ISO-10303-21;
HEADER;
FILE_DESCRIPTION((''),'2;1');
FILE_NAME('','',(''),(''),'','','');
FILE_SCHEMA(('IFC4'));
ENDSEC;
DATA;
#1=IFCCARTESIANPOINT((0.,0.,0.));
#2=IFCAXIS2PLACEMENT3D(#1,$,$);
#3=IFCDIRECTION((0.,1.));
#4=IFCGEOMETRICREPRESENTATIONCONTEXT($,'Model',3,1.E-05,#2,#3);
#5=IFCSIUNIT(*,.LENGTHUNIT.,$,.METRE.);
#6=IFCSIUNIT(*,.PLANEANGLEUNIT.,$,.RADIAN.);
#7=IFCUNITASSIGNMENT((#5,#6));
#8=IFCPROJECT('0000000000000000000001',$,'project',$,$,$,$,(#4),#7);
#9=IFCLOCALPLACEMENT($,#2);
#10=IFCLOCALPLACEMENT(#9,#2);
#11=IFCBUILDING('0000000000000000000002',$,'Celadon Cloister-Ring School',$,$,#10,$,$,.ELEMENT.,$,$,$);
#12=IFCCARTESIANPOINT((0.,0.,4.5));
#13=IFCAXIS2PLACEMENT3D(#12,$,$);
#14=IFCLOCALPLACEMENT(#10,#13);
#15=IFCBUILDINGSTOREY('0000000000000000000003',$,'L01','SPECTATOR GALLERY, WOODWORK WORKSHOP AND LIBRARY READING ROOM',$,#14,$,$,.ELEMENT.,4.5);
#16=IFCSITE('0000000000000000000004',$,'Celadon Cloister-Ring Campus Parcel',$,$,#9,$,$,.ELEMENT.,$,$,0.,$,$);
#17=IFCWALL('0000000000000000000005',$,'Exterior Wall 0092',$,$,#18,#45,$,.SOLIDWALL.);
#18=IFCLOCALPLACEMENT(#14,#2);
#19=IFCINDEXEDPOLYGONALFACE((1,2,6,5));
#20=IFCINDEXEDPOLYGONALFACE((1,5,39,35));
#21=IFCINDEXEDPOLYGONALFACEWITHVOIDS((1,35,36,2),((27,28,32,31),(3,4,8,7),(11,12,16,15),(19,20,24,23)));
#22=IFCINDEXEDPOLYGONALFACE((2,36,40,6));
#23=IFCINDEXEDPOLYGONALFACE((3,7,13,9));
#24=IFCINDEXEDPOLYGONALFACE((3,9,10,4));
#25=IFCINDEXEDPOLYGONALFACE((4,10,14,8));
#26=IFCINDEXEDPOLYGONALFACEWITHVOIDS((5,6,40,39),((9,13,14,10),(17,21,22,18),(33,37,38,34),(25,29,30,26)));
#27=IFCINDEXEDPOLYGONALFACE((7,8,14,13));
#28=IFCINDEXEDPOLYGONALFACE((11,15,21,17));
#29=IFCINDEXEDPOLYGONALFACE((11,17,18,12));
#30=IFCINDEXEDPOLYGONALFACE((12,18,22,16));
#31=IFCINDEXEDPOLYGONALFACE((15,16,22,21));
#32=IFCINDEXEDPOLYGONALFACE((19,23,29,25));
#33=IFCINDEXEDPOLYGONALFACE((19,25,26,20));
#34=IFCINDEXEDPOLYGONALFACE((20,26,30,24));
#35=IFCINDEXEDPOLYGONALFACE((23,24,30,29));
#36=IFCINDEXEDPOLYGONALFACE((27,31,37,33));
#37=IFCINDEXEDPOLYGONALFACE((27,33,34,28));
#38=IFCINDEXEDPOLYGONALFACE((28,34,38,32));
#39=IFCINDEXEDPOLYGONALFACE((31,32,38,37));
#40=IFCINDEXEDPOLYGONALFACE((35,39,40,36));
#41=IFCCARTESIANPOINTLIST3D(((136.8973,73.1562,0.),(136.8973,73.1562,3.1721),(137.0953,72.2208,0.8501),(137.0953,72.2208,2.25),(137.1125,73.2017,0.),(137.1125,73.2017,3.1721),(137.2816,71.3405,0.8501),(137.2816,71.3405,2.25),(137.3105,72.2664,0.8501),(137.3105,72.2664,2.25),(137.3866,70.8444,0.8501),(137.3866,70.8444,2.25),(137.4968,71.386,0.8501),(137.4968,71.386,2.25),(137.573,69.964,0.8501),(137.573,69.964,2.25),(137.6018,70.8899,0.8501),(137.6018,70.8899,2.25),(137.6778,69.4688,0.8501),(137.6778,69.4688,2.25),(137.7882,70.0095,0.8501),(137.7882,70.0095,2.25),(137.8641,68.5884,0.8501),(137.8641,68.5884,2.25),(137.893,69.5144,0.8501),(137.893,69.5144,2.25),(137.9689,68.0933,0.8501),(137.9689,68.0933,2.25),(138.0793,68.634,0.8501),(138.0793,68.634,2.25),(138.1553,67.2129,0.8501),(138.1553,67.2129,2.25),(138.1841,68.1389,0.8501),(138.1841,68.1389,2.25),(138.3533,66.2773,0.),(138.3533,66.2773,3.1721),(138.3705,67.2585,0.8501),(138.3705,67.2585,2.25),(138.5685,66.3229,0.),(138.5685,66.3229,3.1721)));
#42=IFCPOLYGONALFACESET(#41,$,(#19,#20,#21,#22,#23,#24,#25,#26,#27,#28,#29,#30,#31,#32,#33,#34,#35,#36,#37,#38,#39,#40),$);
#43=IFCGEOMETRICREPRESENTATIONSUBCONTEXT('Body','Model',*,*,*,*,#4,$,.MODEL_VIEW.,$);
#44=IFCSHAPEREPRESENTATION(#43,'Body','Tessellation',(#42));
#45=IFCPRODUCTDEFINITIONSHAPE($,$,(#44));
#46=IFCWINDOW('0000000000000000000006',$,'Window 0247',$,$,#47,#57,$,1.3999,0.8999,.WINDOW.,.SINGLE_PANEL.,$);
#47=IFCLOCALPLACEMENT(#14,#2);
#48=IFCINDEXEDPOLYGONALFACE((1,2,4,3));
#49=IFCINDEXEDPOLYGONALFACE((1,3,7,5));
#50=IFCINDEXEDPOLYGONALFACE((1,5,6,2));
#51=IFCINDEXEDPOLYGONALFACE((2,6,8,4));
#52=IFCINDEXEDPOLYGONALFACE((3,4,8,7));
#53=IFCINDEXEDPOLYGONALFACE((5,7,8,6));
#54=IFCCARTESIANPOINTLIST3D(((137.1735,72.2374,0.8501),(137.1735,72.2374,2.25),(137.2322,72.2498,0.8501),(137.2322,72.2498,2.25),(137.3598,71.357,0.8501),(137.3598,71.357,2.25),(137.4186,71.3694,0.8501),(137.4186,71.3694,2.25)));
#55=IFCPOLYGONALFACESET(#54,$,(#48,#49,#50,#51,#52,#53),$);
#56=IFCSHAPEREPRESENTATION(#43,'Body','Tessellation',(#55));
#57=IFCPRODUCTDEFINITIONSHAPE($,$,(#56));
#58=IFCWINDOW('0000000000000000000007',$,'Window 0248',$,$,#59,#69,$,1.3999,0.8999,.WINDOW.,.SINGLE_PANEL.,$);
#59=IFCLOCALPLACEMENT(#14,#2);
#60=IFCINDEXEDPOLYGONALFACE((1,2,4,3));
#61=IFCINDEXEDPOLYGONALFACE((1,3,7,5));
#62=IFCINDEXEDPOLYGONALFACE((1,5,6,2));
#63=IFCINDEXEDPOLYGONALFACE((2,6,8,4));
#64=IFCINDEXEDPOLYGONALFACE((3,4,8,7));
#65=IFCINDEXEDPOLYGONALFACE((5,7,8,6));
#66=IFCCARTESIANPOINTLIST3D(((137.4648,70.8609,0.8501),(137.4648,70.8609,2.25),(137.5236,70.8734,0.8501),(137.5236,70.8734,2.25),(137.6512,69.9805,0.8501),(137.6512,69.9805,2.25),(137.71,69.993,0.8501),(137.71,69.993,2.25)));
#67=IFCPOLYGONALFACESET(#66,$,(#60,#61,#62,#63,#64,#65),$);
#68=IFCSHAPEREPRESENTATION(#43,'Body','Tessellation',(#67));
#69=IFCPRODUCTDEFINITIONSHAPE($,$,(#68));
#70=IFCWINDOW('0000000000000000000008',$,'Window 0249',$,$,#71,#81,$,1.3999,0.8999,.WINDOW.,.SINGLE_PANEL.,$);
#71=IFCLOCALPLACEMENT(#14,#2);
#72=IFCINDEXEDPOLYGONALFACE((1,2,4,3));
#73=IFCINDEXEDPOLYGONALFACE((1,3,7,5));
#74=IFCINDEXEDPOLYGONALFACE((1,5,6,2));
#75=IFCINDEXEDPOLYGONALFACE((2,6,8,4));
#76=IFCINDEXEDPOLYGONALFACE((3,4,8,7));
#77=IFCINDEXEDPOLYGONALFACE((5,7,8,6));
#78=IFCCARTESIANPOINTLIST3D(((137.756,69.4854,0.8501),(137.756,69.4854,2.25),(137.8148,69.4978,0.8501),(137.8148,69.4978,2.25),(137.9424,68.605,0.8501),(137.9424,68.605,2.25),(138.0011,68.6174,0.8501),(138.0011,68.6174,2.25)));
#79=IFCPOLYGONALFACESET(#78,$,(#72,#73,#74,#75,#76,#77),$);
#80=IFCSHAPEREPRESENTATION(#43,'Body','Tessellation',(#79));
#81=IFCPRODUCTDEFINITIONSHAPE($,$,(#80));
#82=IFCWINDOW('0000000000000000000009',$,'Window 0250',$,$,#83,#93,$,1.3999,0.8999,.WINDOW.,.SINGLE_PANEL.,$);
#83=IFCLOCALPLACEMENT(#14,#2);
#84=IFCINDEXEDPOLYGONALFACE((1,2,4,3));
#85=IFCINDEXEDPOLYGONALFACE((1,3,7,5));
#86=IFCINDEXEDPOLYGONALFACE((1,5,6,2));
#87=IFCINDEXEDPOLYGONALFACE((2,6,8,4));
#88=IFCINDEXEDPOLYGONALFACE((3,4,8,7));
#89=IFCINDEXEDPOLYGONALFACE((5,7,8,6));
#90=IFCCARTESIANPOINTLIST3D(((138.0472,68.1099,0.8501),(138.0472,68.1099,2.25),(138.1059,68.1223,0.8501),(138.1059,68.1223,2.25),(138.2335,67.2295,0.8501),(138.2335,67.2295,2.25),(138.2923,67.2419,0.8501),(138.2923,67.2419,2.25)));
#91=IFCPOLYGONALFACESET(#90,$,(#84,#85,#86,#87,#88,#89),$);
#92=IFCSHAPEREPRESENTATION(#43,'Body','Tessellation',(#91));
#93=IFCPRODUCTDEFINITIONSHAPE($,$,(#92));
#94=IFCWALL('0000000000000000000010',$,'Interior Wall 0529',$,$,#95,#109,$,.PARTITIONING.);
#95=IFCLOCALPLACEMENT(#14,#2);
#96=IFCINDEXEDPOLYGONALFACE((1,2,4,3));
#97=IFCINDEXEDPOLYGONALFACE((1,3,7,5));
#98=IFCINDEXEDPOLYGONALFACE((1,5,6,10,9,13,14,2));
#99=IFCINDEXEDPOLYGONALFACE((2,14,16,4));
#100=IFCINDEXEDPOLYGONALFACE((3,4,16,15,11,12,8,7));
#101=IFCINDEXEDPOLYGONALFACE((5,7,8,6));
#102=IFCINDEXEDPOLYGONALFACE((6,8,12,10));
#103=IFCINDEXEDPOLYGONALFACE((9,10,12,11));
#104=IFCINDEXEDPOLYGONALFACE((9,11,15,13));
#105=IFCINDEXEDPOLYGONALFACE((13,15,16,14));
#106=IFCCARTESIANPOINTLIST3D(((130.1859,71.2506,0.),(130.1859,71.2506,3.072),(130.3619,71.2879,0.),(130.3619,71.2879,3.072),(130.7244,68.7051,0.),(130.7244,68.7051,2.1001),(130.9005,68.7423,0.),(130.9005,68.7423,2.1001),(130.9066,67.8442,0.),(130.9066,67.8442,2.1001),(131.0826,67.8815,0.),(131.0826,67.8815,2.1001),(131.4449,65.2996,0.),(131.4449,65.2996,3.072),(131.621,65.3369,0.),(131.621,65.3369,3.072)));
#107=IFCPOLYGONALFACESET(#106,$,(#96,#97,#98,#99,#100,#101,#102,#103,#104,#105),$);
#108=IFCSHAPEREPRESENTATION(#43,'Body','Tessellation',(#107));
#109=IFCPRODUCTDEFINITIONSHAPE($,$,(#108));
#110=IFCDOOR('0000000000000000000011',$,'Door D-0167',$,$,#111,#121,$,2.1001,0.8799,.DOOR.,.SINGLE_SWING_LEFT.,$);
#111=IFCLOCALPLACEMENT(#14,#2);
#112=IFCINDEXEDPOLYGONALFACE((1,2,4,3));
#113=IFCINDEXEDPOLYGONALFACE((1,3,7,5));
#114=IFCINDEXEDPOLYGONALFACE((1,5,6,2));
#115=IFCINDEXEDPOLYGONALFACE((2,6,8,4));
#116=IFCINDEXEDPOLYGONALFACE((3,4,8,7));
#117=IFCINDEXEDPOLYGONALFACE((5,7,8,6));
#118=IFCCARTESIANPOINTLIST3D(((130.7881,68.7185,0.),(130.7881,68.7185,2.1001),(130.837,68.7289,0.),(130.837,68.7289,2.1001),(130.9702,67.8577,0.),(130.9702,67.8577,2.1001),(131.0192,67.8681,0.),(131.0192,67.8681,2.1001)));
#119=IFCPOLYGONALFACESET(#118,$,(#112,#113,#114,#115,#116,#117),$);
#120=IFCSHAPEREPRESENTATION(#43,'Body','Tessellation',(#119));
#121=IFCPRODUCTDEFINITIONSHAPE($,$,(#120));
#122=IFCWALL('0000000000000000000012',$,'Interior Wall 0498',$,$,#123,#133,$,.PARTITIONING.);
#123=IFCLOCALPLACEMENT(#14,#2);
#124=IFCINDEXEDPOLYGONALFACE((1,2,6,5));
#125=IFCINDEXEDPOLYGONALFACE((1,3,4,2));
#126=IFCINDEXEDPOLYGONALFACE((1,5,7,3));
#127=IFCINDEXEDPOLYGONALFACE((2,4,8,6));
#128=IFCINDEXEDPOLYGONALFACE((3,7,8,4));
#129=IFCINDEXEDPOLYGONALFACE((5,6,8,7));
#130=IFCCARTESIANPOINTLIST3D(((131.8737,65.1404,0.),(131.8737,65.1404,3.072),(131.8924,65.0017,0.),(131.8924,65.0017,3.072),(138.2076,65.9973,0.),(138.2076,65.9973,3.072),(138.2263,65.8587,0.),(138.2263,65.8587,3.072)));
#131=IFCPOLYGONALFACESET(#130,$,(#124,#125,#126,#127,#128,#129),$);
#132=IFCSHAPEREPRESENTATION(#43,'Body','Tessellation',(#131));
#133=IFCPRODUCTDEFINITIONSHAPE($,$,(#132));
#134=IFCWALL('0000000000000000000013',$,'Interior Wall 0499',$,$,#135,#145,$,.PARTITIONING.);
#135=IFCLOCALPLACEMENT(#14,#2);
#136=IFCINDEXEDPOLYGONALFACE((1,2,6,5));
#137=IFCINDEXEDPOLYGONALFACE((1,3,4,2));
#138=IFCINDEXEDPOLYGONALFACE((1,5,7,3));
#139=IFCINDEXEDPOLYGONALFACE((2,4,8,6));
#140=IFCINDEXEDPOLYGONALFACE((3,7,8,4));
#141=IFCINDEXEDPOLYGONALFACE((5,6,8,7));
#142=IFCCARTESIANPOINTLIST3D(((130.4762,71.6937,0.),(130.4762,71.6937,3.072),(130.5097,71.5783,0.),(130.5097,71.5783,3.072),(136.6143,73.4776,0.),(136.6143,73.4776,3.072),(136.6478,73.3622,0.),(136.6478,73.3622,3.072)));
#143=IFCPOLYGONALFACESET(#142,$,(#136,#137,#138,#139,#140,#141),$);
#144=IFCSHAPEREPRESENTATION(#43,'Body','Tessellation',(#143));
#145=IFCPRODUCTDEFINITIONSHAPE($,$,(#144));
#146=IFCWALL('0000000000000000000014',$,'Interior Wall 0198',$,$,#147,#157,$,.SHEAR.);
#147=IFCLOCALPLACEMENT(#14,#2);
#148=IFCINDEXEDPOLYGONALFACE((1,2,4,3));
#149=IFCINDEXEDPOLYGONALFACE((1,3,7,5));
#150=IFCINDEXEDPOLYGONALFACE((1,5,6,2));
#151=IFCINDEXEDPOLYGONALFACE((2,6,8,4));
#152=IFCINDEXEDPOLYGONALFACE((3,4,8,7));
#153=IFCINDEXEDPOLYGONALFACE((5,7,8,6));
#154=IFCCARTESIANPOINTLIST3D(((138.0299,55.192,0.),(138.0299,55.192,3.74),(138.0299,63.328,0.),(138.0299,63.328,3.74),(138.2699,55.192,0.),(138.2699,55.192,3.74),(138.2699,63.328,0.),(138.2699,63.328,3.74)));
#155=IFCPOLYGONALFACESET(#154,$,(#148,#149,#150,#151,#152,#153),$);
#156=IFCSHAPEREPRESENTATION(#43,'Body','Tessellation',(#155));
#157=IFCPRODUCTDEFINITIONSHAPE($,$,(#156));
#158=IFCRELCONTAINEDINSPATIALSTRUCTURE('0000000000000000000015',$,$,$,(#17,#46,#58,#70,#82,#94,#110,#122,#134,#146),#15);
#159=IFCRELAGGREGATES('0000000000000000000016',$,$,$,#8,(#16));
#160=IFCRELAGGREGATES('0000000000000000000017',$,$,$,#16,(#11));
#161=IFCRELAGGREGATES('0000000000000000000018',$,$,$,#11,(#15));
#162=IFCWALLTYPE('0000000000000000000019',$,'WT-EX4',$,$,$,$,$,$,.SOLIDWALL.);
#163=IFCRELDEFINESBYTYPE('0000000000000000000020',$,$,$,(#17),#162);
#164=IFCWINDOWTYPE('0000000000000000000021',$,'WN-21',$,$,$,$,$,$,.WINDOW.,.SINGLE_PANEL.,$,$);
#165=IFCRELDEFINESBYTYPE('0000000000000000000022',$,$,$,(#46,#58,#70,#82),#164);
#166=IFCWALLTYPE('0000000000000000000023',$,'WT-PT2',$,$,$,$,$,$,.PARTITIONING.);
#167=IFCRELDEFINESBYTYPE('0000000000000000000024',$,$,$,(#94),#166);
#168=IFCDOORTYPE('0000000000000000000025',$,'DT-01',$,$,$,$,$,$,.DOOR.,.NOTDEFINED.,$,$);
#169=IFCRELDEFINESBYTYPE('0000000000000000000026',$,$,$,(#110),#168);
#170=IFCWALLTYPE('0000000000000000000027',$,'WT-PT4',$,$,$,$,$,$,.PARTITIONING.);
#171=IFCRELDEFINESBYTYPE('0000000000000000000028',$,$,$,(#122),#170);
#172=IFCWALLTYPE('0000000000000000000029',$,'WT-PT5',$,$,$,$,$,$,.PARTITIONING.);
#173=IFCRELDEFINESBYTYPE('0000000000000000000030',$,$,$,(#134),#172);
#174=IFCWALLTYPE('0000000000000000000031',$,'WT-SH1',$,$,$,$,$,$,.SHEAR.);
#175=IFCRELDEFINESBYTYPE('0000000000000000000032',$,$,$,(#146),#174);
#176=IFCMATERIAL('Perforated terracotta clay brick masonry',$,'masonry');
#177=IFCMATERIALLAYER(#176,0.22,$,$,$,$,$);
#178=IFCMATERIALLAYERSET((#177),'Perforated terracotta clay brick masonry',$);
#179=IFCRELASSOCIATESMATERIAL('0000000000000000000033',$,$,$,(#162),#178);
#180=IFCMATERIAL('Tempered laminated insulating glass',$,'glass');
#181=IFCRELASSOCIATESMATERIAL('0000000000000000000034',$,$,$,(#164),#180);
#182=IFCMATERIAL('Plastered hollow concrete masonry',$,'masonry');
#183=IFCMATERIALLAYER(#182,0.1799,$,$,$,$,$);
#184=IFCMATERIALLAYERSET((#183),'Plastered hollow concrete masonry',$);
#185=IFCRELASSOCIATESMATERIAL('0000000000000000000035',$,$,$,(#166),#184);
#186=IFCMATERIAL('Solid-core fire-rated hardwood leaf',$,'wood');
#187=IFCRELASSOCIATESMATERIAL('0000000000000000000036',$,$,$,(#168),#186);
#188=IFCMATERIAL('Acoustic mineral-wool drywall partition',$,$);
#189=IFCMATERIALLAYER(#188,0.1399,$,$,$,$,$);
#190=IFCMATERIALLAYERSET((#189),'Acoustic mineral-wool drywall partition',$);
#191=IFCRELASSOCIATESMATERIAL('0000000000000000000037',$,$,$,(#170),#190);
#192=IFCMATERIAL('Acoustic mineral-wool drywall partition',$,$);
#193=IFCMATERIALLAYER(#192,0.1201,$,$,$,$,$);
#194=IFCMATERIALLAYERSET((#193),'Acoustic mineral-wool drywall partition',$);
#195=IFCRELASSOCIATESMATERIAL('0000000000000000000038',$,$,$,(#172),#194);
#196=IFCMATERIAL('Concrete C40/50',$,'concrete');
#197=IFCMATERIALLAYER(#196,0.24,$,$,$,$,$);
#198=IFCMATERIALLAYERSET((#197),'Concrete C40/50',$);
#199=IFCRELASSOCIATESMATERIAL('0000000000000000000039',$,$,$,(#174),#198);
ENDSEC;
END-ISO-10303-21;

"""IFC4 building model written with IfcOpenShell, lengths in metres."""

from ifc_helpers import new_model, si_unit, direction, frame, frame_2d, origin, place, context, subcontext, project, spatial, rectangle, extrude, material, layer, layer_set, type_object, element, fill, save


model = new_model("IFC4")

# Units and contexts
model_context = context("Model", 3, precision=1e-05, world=origin(), true_north=direction((0.0, 1.0)))
body_context = subcontext(model_context, "Body", "Model", "MODEL_VIEW")
ifc_project = project(units=[si_unit("LENGTHUNIT", "METRE"), si_unit("PLANEANGLEUNIT", "RADIAN")], contexts=[model_context])

# Site, building, storey
site_placement = place(None, origin())
site = spatial("IfcSite", under=ifc_project, at=site_placement, Name="Celadon Cloister-Ring Campus Parcel", CompositionType="ELEMENT", RefElevation=0.0)
building_placement = place(site_placement, origin())
building = spatial("IfcBuilding", under=site, at=building_placement, Name="Celadon Cloister-Ring School", CompositionType="ELEMENT")
storey_placement = place(building_placement, frame((0.0, 0.0, 4.5)))
storey = spatial("IfcBuildingStorey", under=building, at=storey_placement, Name="L01", Description="SPECTATOR GALLERY, WOODWORK WORKSHOP AND LIBRARY READING ROOM", CompositionType="ELEMENT", Elevation=4.5)

# Wall, openings, windows
ifc_material_1 = material(Name="Perforated terracotta clay brick masonry", Category="masonry")
ifc_layer_1 = layer(ifc_material_1, 0.22)
ifc_layer_set_1 = layer_set([ifc_layer_1], Name="Perforated terracotta clay brick masonry")
wall_type_1 = type_object("IfcWallType", Name="WT-EX4", PredefinedType="SOLIDWALL", material=ifc_layer_set_1)
wall_1_placement = place(storey_placement, frame((137.0049, 73.179, 0.0), z_axis=(0.0, 0.0, 1.0), x_axis=(0.207081, -0.978324, 0.0)))
wall_1 = element("IfcWall", 1, at=wall_1_placement, inside=storey, type_object=wall_type_1, Name="Exterior Wall 0092", PredefinedType="SOLIDWALL", context=body_context, shape_type="SweptSolid", body=[
    extrude(rectangle(XDim=7.0312, YDim=0.22, at=frame_2d((3.5156, 0.0))), origin(), (0.0, 0.0, 1.0), 3.1721),
])
opening_1_placement = place(wall_1_placement, frame((0.9561, 0.0, 0.8501)))
opening_1 = element("IfcOpeningElement", 2, at=opening_1_placement, cuts=wall_1, PredefinedType="OPENING", context=body_context, shape_type="SweptSolid", body=[
    extrude(rectangle(XDim=0.8999, YDim=1.3999, at=frame_2d((0.45, 0.7))), frame((0.0, 0.1201, 0.0), z_axis=(0.0, -1.0, 0.0), x_axis=(1.0, 0.0, 0.0)), (0.0, 0.0, 1.0), 0.24),
])
opening_2_placement = place(wall_1_placement, frame((2.363, 0.0, 0.8501)))
opening_2 = element("IfcOpeningElement", 3, at=opening_2_placement, cuts=wall_1, PredefinedType="OPENING", context=body_context, shape_type="SweptSolid", body=[
    extrude(rectangle(XDim=0.8999, YDim=1.3999, at=frame_2d((0.45, 0.7))), frame((0.0, 0.1201, 0.0), z_axis=(0.0, -1.0, 0.0), x_axis=(1.0, 0.0, 0.0)), (0.0, 0.0, 1.0), 0.24),
])
opening_3_placement = place(wall_1_placement, frame((3.769, 0.0, 0.8501)))
opening_3 = element("IfcOpeningElement", 4, at=opening_3_placement, cuts=wall_1, PredefinedType="OPENING", context=body_context, shape_type="SweptSolid", body=[
    extrude(rectangle(XDim=0.8999, YDim=1.3999, at=frame_2d((0.45, 0.7))), frame((0.0, 0.1201, 0.0), z_axis=(0.0, -1.0, 0.0), x_axis=(1.0, 0.0, 0.0)), (0.0, 0.0, 1.0), 0.24),
])
opening_4_placement = place(wall_1_placement, frame((5.175, 0.0, 0.8501)))
opening_4 = element("IfcOpeningElement", 5, at=opening_4_placement, cuts=wall_1, PredefinedType="OPENING", context=body_context, shape_type="SweptSolid", body=[
    extrude(rectangle(XDim=0.8999, YDim=1.3999, at=frame_2d((0.45, 0.7))), frame((0.0, 0.1201, 0.0), z_axis=(0.0, -1.0, 0.0), x_axis=(1.0, 0.0, 0.0)), (0.0, 0.0, 1.0), 0.24),
])
ifc_material_2 = material(Name="Tempered laminated insulating glass", Category="glass")
window_type = type_object("IfcWindowType", Name="WN-21", PartitioningType="SINGLE_PANEL", PredefinedType="WINDOW", material=ifc_material_2)
window_1_placement = place(opening_1_placement, origin())
window_1 = element("IfcWindow", 6, at=window_1_placement, inside=storey, type_object=window_type, Name="Window 0247", OverallHeight=1.3999, OverallWidth=0.8999, PartitioningType="SINGLE_PANEL", PredefinedType="WINDOW", context=body_context, shape_type="SweptSolid", body=[
    extrude(rectangle(XDim=0.8999, YDim=1.3999, at=frame_2d((0.45, 0.7))), frame((0.0, 0.03, 0.0), z_axis=(0.0, -1.0, 0.0), x_axis=(1.0, 0.0, 0.0)), (0.0, 0.0, 1.0), 0.0601),
])
fill(opening_1, window_1)
window_2_placement = place(opening_2_placement, origin())
window_2 = element("IfcWindow", 7, at=window_2_placement, inside=storey, type_object=window_type, Name="Window 0248", OverallHeight=1.3999, OverallWidth=0.8999, PartitioningType="SINGLE_PANEL", PredefinedType="WINDOW", context=body_context, shape_type="SweptSolid", body=[
    extrude(rectangle(XDim=0.8999, YDim=1.3999, at=frame_2d((0.45, 0.7))), frame((0.0, 0.03, 0.0), z_axis=(0.0, -1.0, 0.0), x_axis=(1.0, 0.0, 0.0)), (0.0, 0.0, 1.0), 0.0601),
])
fill(opening_2, window_2)
window_3_placement = place(opening_3_placement, origin())
window_3 = element("IfcWindow", 8, at=window_3_placement, inside=storey, type_object=window_type, Name="Window 0249", OverallHeight=1.3999, OverallWidth=0.8999, PartitioningType="SINGLE_PANEL", PredefinedType="WINDOW", context=body_context, shape_type="SweptSolid", body=[
    extrude(rectangle(XDim=0.8999, YDim=1.3999, at=frame_2d((0.45, 0.7))), frame((0.0, 0.03, 0.0), z_axis=(0.0, -1.0, 0.0), x_axis=(1.0, 0.0, 0.0)), (0.0, 0.0, 1.0), 0.0601),
])
fill(opening_3, window_3)
window_4_placement = place(opening_4_placement, origin())
window_4 = element("IfcWindow", 9, at=window_4_placement, inside=storey, type_object=window_type, Name="Window 0250", OverallHeight=1.3999, OverallWidth=0.8999, PartitioningType="SINGLE_PANEL", PredefinedType="WINDOW", context=body_context, shape_type="SweptSolid", body=[
    extrude(rectangle(XDim=0.8999, YDim=1.3999, at=frame_2d((0.45, 0.7))), frame((0.0, 0.03, 0.0), z_axis=(0.0, -1.0, 0.0), x_axis=(1.0, 0.0, 0.0)), (0.0, 0.0, 1.0), 0.0601),
])
fill(opening_4, window_4)

# Wall, opening, door
ifc_material_3 = material(Name="Plastered hollow concrete masonry", Category="masonry")
ifc_layer_2 = layer(ifc_material_3, 0.1799)
ifc_layer_set_2 = layer_set([ifc_layer_2], Name="Plastered hollow concrete masonry")
wall_type_2 = type_object("IfcWallType", Name="WT-PT2", PredefinedType="PARTITIONING", material=ifc_layer_set_2)
wall_2_placement = place(storey_placement, frame((131.533, 65.3181, 0.0), z_axis=(0.0, 0.0, 1.0), x_axis=(-0.206987, 0.978344, 0.0)))
wall_2 = element("IfcWall", 10, at=wall_2_placement, inside=storey, type_object=wall_type_2, Name="Interior Wall 0529", PredefinedType="PARTITIONING", context=body_context, shape_type="SweptSolid", body=[
    extrude(rectangle(XDim=6.0828, YDim=0.1799, at=frame_2d((3.0415, 0.0))), origin(), (0.0, 0.0, 1.0), 3.072),
])
opening_5_placement = place(wall_2_placement, frame((2.6011, 0.0, 0.0)))
opening_5 = element("IfcOpeningElement", 11, at=opening_5_placement, cuts=wall_2, PredefinedType="OPENING", context=body_context, shape_type="SweptSolid", body=[
    extrude(rectangle(XDim=0.8799, YDim=2.1001, at=frame_2d((0.4399, 1.05))), frame((0.0, 0.1001, 0.0), z_axis=(0.0, -1.0, 0.0), x_axis=(1.0, 0.0, 0.0)), (0.0, 0.0, 1.0), 0.2),
])
ifc_material_4 = material(Name="Solid-core fire-rated hardwood leaf", Category="wood")
door_type = type_object("IfcDoorType", Name="DT-01", OperationType="NOTDEFINED", PredefinedType="DOOR", material=ifc_material_4)
door_placement = place(opening_5_placement, origin())
door = element("IfcDoor", 12, at=door_placement, inside=storey, type_object=door_type, Name="Door D-0167", OperationType="SINGLE_SWING_LEFT", OverallHeight=2.1001, OverallWidth=0.8799, PredefinedType="DOOR", context=body_context, shape_type="SweptSolid", body=[
    extrude(rectangle(XDim=0.8799, YDim=2.1001, at=frame_2d((0.4399, 1.05))), frame((0.0, 0.0249, 0.0), z_axis=(0.0, -1.0, 0.0), x_axis=(1.0, 0.0, 0.0)), (0.0, 0.0, 1.0), 0.05),
])
fill(opening_5, door)

# Walls
ifc_material_5 = material(Name="Acoustic mineral-wool drywall partition")
ifc_layer_3 = layer(ifc_material_5, 0.1399)
ifc_layer_set_3 = layer_set([ifc_layer_3], Name="Acoustic mineral-wool drywall partition")
wall_type_3 = type_object("IfcWallType", Name="WT-PT4", PredefinedType="PARTITIONING", material=ifc_layer_set_3)
wall_3_placement = place(storey_placement, frame((131.8831, 65.071, 0.0), z_axis=(0.0, 0.0, 1.0), x_axis=(0.990972, 0.13407, 0.0)))
element("IfcWall", 13, at=wall_3_placement, inside=storey, type_object=wall_type_3, Name="Interior Wall 0498", PredefinedType="PARTITIONING", context=body_context, shape_type="SweptSolid", body=[
    extrude(rectangle(XDim=6.3916, YDim=0.1399, at=frame_2d((3.1958, 0.0))), origin(), (0.0, 0.0, 1.0), 3.072),
])
ifc_material_6 = material(Name="Acoustic mineral-wool drywall partition")
ifc_layer_4 = layer(ifc_material_6, 0.1201)
ifc_layer_set_4 = layer_set([ifc_layer_4], Name="Acoustic mineral-wool drywall partition")
wall_type_4 = type_object("IfcWallType", Name="WT-PT5", PredefinedType="PARTITIONING", material=ifc_layer_set_4)
wall_4_placement = place(storey_placement, frame((130.4929, 71.636, 0.0), z_axis=(0.0, 0.0, 1.0), x_axis=(0.960267, 0.279082, 0.0)))
element("IfcWall", 14, at=wall_4_placement, inside=storey, type_object=wall_type_4, Name="Interior Wall 0499", PredefinedType="PARTITIONING", context=body_context, shape_type="SweptSolid", body=[
    extrude(rectangle(XDim=6.3921, YDim=0.1201, at=frame_2d((3.196, 0.0))), origin(), (0.0, 0.0, 1.0), 3.072),
])
ifc_material_7 = material(Name="Concrete C40/50", Category="concrete")
ifc_layer_5 = layer(ifc_material_7, 0.24)
ifc_layer_set_5 = layer_set([ifc_layer_5], Name="Concrete C40/50")
wall_type_5 = type_object("IfcWallType", Name="WT-SH1", PredefinedType="SHEAR", material=ifc_layer_set_5)
wall_5_placement = place(storey_placement, frame((138.1499, 63.3279, 0.0), z_axis=(0.0, 0.0, 1.0), x_axis=(0.0, -1.0, 0.0)))
element("IfcWall", 15, at=wall_5_placement, inside=storey, type_object=wall_type_5, Name="Interior Wall 0198", PredefinedType="SHEAR", context=body_context, shape_type="SweptSolid", body=[
    extrude(rectangle(XDim=8.136, YDim=0.24, at=frame_2d((4.0679, 0.0))), origin(), (0.0, 0.0, 1.0), 3.74),
])

save(model, "model.ifc")
